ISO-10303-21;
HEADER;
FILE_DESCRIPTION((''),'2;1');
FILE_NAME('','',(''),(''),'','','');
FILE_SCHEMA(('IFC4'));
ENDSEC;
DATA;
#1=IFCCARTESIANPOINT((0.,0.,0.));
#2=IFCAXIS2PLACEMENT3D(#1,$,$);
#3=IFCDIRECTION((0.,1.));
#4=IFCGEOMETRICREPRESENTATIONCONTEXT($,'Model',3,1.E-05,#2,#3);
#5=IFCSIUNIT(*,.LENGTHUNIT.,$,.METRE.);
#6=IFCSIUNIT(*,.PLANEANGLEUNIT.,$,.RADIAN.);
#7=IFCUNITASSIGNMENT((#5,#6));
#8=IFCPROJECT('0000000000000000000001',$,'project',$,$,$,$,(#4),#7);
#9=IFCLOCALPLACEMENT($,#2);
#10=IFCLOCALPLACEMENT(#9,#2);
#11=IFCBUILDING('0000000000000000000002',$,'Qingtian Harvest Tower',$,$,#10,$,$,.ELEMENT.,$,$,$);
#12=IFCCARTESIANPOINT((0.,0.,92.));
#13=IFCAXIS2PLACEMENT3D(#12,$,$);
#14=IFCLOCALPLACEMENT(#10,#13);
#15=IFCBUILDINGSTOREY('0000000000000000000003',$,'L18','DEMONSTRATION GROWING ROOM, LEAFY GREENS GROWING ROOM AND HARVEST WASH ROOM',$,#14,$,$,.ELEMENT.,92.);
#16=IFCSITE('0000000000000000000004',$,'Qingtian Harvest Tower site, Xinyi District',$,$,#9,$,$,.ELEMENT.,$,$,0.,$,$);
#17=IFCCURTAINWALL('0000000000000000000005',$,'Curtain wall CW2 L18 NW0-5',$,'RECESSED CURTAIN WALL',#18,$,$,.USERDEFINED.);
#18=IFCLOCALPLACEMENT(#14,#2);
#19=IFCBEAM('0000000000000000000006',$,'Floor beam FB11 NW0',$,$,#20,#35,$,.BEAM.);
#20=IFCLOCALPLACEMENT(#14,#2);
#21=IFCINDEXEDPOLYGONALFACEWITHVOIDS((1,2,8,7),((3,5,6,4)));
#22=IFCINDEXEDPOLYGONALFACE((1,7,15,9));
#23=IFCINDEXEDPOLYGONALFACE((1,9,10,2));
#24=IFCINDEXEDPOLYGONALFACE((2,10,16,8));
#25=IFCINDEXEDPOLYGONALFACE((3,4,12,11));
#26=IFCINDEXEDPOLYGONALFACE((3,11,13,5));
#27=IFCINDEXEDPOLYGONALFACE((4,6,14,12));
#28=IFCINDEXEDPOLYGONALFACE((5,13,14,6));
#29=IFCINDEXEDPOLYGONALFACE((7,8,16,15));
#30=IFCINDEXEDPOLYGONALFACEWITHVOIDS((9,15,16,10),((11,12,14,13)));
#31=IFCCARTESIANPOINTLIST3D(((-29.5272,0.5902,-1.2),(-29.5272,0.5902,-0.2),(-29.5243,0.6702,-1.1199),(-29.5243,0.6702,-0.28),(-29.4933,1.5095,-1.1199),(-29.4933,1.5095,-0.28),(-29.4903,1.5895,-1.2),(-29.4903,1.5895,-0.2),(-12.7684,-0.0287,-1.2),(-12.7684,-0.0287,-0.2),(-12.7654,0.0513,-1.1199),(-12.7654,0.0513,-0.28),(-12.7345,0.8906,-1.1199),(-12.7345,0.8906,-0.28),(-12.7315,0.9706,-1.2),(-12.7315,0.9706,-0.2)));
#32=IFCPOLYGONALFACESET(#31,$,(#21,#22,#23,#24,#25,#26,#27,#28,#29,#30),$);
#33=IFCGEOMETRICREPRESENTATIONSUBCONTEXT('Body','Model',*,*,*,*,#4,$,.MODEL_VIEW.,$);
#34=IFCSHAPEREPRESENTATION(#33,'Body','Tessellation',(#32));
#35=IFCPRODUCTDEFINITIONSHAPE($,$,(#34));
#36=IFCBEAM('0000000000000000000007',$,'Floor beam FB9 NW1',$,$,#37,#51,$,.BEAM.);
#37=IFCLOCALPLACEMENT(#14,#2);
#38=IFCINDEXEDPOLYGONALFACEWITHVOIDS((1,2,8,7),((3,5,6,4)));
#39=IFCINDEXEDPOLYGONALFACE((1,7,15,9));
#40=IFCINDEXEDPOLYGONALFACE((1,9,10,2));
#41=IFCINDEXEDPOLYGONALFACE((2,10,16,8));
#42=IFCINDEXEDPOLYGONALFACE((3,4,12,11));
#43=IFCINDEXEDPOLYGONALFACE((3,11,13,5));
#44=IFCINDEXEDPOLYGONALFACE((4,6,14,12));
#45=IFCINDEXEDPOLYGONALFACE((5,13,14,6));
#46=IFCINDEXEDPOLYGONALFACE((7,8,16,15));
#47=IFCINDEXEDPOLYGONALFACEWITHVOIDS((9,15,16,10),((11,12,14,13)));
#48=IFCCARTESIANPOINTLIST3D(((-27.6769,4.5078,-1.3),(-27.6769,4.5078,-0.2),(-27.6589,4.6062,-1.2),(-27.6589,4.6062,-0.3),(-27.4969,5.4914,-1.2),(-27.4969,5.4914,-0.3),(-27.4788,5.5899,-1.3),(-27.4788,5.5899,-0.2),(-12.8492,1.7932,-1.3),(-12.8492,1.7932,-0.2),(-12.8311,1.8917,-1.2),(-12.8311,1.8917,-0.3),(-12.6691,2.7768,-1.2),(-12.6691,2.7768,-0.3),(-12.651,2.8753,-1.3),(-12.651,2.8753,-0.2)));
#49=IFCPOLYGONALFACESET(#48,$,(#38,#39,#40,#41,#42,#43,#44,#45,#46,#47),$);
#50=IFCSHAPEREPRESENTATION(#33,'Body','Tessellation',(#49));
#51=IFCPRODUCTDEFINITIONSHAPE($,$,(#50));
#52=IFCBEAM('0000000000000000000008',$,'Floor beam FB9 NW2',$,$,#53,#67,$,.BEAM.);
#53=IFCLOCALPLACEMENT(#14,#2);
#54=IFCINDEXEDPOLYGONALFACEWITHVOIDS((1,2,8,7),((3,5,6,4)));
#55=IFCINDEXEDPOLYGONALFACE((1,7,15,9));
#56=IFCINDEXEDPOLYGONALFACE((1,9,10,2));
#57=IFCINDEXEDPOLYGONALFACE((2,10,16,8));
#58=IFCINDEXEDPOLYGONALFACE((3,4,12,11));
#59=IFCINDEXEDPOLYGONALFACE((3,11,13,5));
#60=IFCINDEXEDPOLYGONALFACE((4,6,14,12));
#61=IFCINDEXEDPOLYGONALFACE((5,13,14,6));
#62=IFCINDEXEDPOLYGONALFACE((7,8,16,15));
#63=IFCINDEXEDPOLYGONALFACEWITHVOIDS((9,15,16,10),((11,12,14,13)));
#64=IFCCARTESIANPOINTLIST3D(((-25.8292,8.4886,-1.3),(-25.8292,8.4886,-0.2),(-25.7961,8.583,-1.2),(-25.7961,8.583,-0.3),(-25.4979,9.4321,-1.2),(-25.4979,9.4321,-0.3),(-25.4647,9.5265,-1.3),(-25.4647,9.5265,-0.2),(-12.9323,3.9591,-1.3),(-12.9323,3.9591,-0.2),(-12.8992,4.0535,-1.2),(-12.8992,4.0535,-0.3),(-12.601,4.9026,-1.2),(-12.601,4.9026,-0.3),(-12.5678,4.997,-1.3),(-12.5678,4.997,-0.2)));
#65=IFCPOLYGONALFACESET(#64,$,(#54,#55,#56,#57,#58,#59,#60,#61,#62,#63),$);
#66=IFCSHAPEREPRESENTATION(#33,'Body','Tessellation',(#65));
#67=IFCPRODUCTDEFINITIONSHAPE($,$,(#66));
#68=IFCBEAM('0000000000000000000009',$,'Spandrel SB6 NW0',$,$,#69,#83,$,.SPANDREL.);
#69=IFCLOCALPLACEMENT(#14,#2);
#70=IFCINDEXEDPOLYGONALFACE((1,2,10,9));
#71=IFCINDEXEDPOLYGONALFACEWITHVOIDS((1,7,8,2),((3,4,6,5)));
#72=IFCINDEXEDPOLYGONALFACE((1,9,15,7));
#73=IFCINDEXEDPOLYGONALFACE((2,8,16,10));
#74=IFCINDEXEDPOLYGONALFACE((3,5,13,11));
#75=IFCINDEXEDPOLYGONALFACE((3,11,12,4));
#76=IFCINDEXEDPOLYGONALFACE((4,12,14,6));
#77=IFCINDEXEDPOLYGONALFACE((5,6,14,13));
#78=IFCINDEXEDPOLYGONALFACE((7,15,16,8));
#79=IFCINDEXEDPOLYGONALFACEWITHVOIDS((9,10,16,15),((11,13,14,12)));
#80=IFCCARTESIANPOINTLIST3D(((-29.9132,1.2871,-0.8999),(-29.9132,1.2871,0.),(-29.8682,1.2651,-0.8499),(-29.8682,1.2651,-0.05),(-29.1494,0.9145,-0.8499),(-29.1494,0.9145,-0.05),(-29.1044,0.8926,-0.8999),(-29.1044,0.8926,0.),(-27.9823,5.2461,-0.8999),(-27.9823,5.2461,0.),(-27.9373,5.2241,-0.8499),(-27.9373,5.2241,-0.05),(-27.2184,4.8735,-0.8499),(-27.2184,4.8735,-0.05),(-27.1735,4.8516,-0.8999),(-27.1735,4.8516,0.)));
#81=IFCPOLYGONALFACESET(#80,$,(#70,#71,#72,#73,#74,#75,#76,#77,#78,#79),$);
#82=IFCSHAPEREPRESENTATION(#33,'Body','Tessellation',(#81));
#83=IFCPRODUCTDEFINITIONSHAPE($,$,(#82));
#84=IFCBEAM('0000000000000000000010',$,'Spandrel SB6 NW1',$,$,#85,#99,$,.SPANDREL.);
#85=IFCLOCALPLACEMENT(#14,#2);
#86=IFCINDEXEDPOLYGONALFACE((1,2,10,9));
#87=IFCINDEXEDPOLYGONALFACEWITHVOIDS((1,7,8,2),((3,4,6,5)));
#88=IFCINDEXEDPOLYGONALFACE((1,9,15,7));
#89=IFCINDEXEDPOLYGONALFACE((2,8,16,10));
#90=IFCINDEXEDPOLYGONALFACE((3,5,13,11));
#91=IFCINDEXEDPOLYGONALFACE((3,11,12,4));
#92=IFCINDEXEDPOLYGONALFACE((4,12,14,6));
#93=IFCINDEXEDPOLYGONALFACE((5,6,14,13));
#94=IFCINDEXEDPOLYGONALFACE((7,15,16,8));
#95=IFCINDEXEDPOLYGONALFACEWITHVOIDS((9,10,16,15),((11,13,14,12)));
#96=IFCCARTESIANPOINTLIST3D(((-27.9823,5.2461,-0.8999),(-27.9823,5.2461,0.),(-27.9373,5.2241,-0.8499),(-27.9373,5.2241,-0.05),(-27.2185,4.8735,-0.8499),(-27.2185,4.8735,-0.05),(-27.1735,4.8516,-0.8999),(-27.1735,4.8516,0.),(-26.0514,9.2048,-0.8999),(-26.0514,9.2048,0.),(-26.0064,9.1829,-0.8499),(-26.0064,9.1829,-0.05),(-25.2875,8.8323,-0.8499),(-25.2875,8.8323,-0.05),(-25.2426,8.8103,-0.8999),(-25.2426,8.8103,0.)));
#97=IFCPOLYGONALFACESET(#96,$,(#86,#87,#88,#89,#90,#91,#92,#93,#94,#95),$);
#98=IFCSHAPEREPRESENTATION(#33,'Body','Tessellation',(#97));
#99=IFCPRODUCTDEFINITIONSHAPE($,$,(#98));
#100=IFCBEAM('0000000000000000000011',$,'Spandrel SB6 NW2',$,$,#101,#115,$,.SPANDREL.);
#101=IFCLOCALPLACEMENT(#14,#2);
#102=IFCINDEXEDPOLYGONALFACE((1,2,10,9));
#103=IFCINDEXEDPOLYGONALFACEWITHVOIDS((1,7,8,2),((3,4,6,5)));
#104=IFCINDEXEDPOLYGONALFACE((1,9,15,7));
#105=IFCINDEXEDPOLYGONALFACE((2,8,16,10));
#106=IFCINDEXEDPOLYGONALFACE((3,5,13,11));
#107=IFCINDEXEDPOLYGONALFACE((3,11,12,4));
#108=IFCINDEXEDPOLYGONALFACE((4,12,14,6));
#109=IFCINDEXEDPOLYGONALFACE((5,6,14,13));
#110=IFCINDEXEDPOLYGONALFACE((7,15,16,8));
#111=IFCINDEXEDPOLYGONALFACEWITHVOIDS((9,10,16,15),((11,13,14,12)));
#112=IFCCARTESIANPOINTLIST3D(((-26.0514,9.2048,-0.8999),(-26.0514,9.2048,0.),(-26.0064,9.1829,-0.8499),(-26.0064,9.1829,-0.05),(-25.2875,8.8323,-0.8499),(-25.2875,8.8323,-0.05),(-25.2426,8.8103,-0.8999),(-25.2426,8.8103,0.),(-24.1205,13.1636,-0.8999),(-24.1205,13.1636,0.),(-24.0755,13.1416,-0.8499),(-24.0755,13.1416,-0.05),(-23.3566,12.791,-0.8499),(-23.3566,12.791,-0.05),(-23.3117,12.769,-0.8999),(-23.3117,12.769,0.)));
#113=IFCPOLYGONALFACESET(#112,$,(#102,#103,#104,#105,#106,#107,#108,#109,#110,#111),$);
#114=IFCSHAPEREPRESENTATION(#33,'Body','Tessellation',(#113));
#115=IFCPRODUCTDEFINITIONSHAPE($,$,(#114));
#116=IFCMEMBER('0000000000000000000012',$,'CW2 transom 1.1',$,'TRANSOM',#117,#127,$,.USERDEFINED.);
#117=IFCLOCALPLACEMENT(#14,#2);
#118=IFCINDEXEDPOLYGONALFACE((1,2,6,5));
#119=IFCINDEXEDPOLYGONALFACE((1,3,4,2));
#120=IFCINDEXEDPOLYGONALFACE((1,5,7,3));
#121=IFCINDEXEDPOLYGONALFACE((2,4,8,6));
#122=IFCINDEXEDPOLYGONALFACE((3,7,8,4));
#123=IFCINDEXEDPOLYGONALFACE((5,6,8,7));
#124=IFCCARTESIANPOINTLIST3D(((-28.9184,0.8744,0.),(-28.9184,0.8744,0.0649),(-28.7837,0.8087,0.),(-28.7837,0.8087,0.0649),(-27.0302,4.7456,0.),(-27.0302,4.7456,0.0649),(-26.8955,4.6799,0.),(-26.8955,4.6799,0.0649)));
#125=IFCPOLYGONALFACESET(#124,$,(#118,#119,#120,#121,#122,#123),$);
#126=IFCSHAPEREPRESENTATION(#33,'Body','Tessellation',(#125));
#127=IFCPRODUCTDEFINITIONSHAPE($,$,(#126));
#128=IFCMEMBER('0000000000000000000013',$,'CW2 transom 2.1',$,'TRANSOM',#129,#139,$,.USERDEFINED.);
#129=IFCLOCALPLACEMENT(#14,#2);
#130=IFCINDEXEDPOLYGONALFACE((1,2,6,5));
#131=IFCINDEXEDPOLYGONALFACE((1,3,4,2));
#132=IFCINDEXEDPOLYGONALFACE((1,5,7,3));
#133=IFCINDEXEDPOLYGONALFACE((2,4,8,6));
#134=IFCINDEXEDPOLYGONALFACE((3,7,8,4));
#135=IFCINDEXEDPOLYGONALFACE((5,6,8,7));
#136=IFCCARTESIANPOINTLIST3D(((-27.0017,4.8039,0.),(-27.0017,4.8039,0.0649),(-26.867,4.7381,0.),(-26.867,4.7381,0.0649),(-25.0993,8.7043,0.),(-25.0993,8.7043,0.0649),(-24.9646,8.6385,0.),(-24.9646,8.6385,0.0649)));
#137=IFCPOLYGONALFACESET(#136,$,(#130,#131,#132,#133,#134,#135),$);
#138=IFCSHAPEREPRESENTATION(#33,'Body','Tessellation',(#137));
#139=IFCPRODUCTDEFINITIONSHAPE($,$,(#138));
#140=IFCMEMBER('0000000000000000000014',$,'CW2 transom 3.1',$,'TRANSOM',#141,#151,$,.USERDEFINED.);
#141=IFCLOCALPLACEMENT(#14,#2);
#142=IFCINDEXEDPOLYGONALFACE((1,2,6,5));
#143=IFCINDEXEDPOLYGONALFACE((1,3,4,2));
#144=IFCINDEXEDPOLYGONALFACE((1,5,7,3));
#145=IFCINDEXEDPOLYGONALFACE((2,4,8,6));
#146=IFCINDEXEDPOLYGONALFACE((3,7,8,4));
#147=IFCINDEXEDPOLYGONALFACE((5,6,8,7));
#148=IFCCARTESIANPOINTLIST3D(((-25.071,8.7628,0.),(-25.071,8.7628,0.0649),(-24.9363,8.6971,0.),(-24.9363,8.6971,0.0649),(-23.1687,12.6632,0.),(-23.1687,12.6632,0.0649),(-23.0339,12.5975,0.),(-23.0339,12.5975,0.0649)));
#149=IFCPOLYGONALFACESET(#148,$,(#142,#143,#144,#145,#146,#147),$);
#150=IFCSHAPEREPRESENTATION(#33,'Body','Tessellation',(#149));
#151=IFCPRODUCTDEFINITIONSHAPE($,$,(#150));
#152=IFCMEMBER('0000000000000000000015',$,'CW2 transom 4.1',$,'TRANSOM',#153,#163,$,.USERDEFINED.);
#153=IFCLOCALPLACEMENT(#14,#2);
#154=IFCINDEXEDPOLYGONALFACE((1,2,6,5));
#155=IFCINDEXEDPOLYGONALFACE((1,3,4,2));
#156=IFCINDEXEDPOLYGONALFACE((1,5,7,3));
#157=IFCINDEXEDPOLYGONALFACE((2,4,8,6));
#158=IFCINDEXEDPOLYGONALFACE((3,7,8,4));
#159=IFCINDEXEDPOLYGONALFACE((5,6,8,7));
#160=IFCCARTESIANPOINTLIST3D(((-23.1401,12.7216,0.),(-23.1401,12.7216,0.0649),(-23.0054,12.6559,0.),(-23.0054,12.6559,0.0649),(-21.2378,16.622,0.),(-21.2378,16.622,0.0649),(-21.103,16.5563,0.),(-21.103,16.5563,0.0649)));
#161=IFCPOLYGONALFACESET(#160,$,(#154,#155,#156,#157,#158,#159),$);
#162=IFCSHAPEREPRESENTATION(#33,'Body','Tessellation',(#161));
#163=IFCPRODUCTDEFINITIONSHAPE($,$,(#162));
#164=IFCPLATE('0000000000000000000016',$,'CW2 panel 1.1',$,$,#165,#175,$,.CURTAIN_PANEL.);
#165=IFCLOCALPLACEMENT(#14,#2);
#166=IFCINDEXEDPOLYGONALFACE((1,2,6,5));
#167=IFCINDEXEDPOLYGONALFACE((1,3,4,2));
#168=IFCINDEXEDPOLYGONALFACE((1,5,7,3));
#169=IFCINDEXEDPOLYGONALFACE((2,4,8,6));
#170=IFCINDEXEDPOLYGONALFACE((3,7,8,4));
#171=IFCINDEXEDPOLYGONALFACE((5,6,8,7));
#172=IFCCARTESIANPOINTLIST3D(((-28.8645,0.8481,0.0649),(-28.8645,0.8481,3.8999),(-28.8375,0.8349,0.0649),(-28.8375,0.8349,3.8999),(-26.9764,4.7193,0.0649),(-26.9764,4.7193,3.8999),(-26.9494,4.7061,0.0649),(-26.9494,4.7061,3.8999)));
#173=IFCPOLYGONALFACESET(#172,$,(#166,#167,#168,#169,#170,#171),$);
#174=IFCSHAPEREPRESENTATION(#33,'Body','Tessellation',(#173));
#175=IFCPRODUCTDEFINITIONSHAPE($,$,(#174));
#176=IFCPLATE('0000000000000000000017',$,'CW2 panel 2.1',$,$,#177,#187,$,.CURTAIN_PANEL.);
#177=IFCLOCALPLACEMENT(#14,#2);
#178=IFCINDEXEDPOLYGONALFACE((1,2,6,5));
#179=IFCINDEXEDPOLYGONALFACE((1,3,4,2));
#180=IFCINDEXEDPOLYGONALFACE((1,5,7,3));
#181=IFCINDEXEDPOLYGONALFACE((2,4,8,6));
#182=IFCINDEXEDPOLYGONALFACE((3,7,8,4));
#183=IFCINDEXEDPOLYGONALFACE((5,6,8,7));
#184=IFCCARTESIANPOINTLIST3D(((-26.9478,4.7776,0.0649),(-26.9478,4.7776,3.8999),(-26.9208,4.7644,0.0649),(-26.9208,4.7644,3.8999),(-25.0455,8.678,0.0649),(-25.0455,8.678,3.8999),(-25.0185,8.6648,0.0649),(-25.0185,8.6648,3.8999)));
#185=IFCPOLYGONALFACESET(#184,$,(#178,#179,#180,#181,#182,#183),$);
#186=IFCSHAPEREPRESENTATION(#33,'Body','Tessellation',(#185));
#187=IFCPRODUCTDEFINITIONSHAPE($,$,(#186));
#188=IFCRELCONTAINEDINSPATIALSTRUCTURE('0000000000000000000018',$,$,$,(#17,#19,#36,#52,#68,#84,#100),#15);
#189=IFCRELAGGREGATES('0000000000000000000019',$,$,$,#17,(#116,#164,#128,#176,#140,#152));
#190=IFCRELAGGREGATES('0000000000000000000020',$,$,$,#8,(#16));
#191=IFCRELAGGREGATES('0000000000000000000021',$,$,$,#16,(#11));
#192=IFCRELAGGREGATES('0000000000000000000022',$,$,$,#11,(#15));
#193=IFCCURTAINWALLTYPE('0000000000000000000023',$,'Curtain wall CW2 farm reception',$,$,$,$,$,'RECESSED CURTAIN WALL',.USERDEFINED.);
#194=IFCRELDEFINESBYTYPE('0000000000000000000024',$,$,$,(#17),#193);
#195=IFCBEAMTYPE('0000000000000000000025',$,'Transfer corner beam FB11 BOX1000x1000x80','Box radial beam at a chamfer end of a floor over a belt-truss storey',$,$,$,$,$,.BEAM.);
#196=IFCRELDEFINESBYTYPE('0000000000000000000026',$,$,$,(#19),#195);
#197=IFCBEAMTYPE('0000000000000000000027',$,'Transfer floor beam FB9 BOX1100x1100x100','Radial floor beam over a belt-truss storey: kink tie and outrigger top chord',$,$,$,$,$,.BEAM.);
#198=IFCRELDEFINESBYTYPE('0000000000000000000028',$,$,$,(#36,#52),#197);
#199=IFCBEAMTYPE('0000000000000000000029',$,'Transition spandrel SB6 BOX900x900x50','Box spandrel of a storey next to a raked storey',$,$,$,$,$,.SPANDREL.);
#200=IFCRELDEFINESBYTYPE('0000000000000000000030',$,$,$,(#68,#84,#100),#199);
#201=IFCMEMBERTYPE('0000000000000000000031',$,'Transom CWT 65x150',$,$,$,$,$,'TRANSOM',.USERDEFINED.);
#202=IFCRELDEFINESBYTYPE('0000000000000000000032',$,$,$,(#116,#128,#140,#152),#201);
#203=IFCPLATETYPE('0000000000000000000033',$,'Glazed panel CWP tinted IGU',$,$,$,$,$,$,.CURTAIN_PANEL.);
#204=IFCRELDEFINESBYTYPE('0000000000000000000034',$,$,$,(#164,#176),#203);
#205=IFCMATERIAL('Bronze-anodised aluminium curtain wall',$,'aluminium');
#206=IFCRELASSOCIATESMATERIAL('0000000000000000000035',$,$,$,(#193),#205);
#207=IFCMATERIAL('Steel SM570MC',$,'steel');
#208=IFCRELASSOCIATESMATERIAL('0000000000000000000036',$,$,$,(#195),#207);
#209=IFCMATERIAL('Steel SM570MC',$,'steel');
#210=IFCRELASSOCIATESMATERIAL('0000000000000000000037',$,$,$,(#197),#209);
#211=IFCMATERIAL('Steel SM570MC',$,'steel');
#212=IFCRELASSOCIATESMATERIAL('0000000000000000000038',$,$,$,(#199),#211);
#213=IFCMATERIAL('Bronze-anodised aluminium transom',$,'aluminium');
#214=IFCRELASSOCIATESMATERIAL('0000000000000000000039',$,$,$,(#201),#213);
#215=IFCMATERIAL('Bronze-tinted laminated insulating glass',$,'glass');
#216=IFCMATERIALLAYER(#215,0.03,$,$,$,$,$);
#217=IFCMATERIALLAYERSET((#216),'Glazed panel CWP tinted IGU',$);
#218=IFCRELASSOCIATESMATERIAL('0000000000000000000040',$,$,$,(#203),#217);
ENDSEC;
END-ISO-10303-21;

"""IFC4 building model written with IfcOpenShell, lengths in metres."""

from ifc_helpers import new_model, si_unit, direction, frame, origin, origin_2d, place, context, subcontext, project, spatial, rectangle, hollow_rectangle, extrude, material, layer, layer_set, material_profile, profile_set, type_object, element, aggregate, save


model = new_model("IFC4")

# Units and contexts
model_context = context("Model", 3, precision=1e-05, world=origin(), true_north=direction((0.0, 1.0)))
body_context = subcontext(model_context, "Body", "Model", "MODEL_VIEW")
ifc_project = project(units=[si_unit("LENGTHUNIT", "METRE"), si_unit("PLANEANGLEUNIT", "RADIAN")], contexts=[model_context])

# Site, building, storey
site_placement = place(None, origin())
site = spatial("IfcSite", under=ifc_project, at=site_placement, Name="Qingtian Harvest Tower site, Xinyi District", CompositionType="ELEMENT", RefElevation=0.0)
building_placement = place(site_placement, origin())
building = spatial("IfcBuilding", under=site, at=building_placement, Name="Qingtian Harvest Tower", CompositionType="ELEMENT")
storey_placement = place(building_placement, frame((0.0, 0.0, 92.0)))
storey = spatial("IfcBuildingStorey", under=building, at=storey_placement, Name="L18", Description="DEMONSTRATION GROWING ROOM, LEAFY GREENS GROWING ROOM AND HARVEST WASH ROOM", CompositionType="ELEMENT", Elevation=92.0)

# Shared definitions
ifc_material_1 = material(Name="Bronze-anodised aluminium curtain wall", Category="aluminium")
curtain_wall_type = type_object("IfcCurtainWallType", Name="Curtain wall CW2 farm reception", ElementType="RECESSED CURTAIN WALL", PredefinedType="USERDEFINED", material=ifc_material_1)

# Curtain wall
curtain_wall_1_placement = place(storey_placement, origin())
curtain_wall_1 = element("IfcCurtainWall", 1, at=curtain_wall_1_placement, inside=storey, type_object=curtain_wall_type, Name="Curtain wall CW2 L18 NW0-5", ObjectType="RECESSED CURTAIN WALL", PredefinedType="USERDEFINED")

# Beams
ifc_material_2 = material(Name="Steel SM570MC", Category="steel")
ifc_material_profile_1 = material_profile(ifc_material_2, hollow_rectangle(XDim=1.0, YDim=1.0, WallThickness=0.0801, at=origin_2d()), Name="BOX1000x1000x80")
ifc_profile_set_1 = profile_set([ifc_material_profile_1], Name="Steel SM570MC")
beam_type_1 = type_object("IfcBeamType", Name="Transfer corner beam FB11 BOX1000x1000x80", Description="Box radial beam at a chamfer end of a floor over a belt-truss storey", PredefinedType="BEAM", material=ifc_profile_set_1)
beam_1_placement = place(storey_placement, frame((-29.5088, 1.0898, -0.7), z_axis=(0.999319, -0.036905, 0.0), x_axis=(0.036905, 0.999319, 0.0)))
element("IfcBeam", 2, at=beam_1_placement, inside=storey, type_object=beam_type_1, Name="Floor beam FB11 NW0", PredefinedType="BEAM", context=body_context, shape_type="SweptSolid", body=[
    extrude(hollow_rectangle(XDim=1.0, YDim=1.0, WallThickness=0.0801, at=origin_2d()), origin(), (0.0, 0.0, 1.0), 16.7703),
])
ifc_material_3 = material(Name="Steel SM570MC", Category="steel")
ifc_material_profile_2 = material_profile(ifc_material_3, hollow_rectangle(XDim=1.1001, YDim=1.1001, WallThickness=0.1001, at=origin_2d()), Name="BOX1100x1100x100")
ifc_profile_set_2 = profile_set([ifc_material_profile_2], Name="Steel SM570MC")
beam_type_2 = type_object("IfcBeamType", Name="Transfer floor beam FB9 BOX1100x1100x100", Description="Radial floor beam over a belt-truss storey: kink tie and outrigger top chord", PredefinedType="BEAM", material=ifc_profile_set_2)
beam_2_placement = place(storey_placement, frame((-27.5779, 5.0488, -0.75), z_axis=(0.983652, -0.180081, 0.0), x_axis=(0.180081, 0.983652, 0.0)))
element("IfcBeam", 3, at=beam_2_placement, inside=storey, type_object=beam_type_2, Name="Floor beam FB9 NW1", PredefinedType="BEAM", context=body_context, shape_type="SweptSolid", body=[
    extrude(hollow_rectangle(XDim=1.1001, YDim=1.1001, WallThickness=0.1001, at=origin_2d()), origin(), (0.0, 0.0, 1.0), 15.0742),
])
beam_3_placement = place(storey_placement, frame((-25.647, 9.0076, -0.75), z_axis=(0.943502, -0.331367, 0.0), x_axis=(0.331367, 0.943502, 0.0)))
element("IfcBeam", 4, at=beam_3_placement, inside=storey, type_object=beam_type_2, Name="Floor beam FB9 NW2", PredefinedType="BEAM", context=body_context, shape_type="SweptSolid", body=[
    extrude(hollow_rectangle(XDim=1.1001, YDim=1.1001, WallThickness=0.1001, at=origin_2d()), origin(), (0.0, 0.0, 1.0), 13.6692),
])
ifc_material_4 = material(Name="Steel SM570MC", Category="steel")
ifc_material_profile_3 = material_profile(ifc_material_4, hollow_rectangle(XDim=0.8999, YDim=0.8999, WallThickness=0.05, at=origin_2d()), Name="BOX900x900x50")
ifc_profile_set_3 = profile_set([ifc_material_profile_3], Name="Steel SM570MC")
beam_type_3 = type_object("IfcBeamType", Name="Transition spandrel SB6 BOX900x900x50", Description="Box spandrel of a storey next to a raked storey", PredefinedType="SPANDREL", material=ifc_profile_set_3)
beam_4_placement = place(storey_placement, frame((-29.5088, 1.0898, -0.45), z_axis=(0.438368, 0.898796, 0.0), x_axis=(-0.898796, 0.438368, 0.0)))
element("IfcBeam", 5, at=beam_4_placement, inside=storey, type_object=beam_type_3, Name="Spandrel SB6 NW0", PredefinedType="SPANDREL", context=body_context, shape_type="SweptSolid", body=[
    extrude(hollow_rectangle(XDim=0.8999, YDim=0.8999, WallThickness=0.05, at=origin_2d()), origin(), (0.0, 0.0, 1.0), 4.4048),
])
for number, where, z_axis, x_axis, name in (
    (6, (-27.5779, 5.0488, -0.45), (0.43839, 0.898785, 0.0), (-0.898785, 0.43839, 0.0), "Spandrel SB6 NW1"),
    (7, (-25.647, 9.0076, -0.45), (0.43839, 0.898785, 0.0), (-0.898785, 0.43839, 0.0), "Spandrel SB6 NW2"),
):
    element("IfcBeam", number, at=place(storey_placement, frame(where, z_axis=z_axis, x_axis=x_axis)), inside=storey, type_object=beam_type_3, Name=name, PredefinedType="SPANDREL", context=body_context, shape_type="SweptSolid", body=[
        extrude(hollow_rectangle(XDim=0.8999, YDim=0.8999, WallThickness=0.05, at=origin_2d()), origin(), (0.0, 0.0, 1.0), 4.4045),
    ])

# Members
ifc_material_5 = material(Name="Bronze-anodised aluminium transom", Category="aluminium")
ifc_material_profile_4 = material_profile(ifc_material_5, rectangle(XDim=0.1499, YDim=0.0649, at=origin_2d()), Name="AL 65x150")
ifc_profile_set_4 = profile_set([ifc_material_profile_4], Name="Bronze-anodised aluminium transom")
member_type_1 = type_object("IfcMemberType", Name="Transom CWT 65x150", ElementType="TRANSOM", PredefinedType="USERDEFINED", material=ifc_profile_set_4)
member_1_placement = place(storey_placement, frame((-28.8511, 0.8416, 0.0325), z_axis=(0.438395, 0.898783, 0.0), x_axis=(-0.898783, 0.438395, 0.0)))
member_1 = element("IfcMember", 8, at=member_1_placement, type_object=member_type_1, Name="CW2 transom 1.1", ObjectType="TRANSOM", PredefinedType="USERDEFINED", context=body_context, shape_type="SweptSolid", body=[
    extrude(rectangle(XDim=0.1499, YDim=0.0649, at=origin_2d()), origin(), (0.0, 0.0, 1.0), 4.3071),
])
member_2_placement = place(storey_placement, frame((-26.9343, 4.771, 0.0325), z_axis=(0.43837, 0.898794, 0.0), x_axis=(-0.898794, 0.43837, 0.0)))
member_2 = element("IfcMember", 9, at=member_2_placement, type_object=member_type_1, Name="CW2 transom 2.1", ObjectType="TRANSOM", PredefinedType="USERDEFINED", context=body_context, shape_type="SweptSolid", body=[
    extrude(rectangle(XDim=0.1499, YDim=0.0649, at=origin_2d()), origin(), (0.0, 0.0, 1.0), 4.3396),
])
member_3_placement = place(storey_placement, frame((-25.0037, 8.73, 0.0325), z_axis=(0.43837, 0.898794, 0.0), x_axis=(-0.898794, 0.43837, 0.0)))
member_3 = element("IfcMember", 10, at=member_3_placement, type_object=member_type_1, Name="CW2 transom 3.1", ObjectType="TRANSOM", PredefinedType="USERDEFINED", context=body_context, shape_type="SweptSolid", body=[
    extrude(rectangle(XDim=0.1499, YDim=0.0649, at=origin_2d()), origin(), (0.0, 0.0, 1.0), 4.3396),
])
member_4_placement = place(storey_placement, frame((-23.0728, 12.6887, 0.0325), z_axis=(0.43837, 0.898794, 0.0), x_axis=(-0.898794, 0.43837, 0.0)))
member_4 = element("IfcMember", 11, at=member_4_placement, type_object=member_type_1, Name="CW2 transom 4.1", ObjectType="TRANSOM", PredefinedType="USERDEFINED", context=body_context, shape_type="SweptSolid", body=[
    extrude(rectangle(XDim=0.1499, YDim=0.0649, at=origin_2d()), origin(), (0.0, 0.0, 1.0), 4.3396),
])

# Plates
ifc_material_6 = material(Name="Bronze-tinted laminated insulating glass", Category="glass")
ifc_layer_1 = layer(ifc_material_6, 0.03)
ifc_layer_set_1 = layer_set([ifc_layer_1], Name="Glazed panel CWP tinted IGU")
plate_type = type_object("IfcPlateType", Name="Glazed panel CWP tinted IGU", PredefinedType="CURTAIN_PANEL", material=ifc_layer_set_1)
plate_1_placement = place(storey_placement, frame((-27.907, 2.7771, 0.0649), z_axis=(0.0, 0.0, 1.0), x_axis=(0.438371, 0.898794, 0.0)))
plate_1 = element("IfcPlate", 12, at=plate_1_placement, type_object=plate_type, Name="CW2 panel 1.1", PredefinedType="CURTAIN_PANEL", context=body_context, shape_type="SweptSolid", body=[
    extrude(rectangle(XDim=4.3071, YDim=0.03, at=origin_2d()), origin(), (0.0, 0.0, 1.0), 3.835),
])
plate_2_placement = place(storey_placement, frame((-25.9832, 6.7212, 0.0649), z_axis=(0.0, 0.0, 1.0), x_axis=(0.438371, 0.898794, 0.0)))
plate_2 = element("IfcPlate", 13, at=plate_2_placement, type_object=plate_type, Name="CW2 panel 2.1", PredefinedType="CURTAIN_PANEL", context=body_context, shape_type="SweptSolid", body=[
    extrude(rectangle(XDim=4.3396, YDim=0.03, at=origin_2d()), origin(), (0.0, 0.0, 1.0), 3.835),
])
aggregate(curtain_wall_1, [member_1, plate_1, member_2, plate_2, member_3, member_4])

save(model, "model.ifc")
